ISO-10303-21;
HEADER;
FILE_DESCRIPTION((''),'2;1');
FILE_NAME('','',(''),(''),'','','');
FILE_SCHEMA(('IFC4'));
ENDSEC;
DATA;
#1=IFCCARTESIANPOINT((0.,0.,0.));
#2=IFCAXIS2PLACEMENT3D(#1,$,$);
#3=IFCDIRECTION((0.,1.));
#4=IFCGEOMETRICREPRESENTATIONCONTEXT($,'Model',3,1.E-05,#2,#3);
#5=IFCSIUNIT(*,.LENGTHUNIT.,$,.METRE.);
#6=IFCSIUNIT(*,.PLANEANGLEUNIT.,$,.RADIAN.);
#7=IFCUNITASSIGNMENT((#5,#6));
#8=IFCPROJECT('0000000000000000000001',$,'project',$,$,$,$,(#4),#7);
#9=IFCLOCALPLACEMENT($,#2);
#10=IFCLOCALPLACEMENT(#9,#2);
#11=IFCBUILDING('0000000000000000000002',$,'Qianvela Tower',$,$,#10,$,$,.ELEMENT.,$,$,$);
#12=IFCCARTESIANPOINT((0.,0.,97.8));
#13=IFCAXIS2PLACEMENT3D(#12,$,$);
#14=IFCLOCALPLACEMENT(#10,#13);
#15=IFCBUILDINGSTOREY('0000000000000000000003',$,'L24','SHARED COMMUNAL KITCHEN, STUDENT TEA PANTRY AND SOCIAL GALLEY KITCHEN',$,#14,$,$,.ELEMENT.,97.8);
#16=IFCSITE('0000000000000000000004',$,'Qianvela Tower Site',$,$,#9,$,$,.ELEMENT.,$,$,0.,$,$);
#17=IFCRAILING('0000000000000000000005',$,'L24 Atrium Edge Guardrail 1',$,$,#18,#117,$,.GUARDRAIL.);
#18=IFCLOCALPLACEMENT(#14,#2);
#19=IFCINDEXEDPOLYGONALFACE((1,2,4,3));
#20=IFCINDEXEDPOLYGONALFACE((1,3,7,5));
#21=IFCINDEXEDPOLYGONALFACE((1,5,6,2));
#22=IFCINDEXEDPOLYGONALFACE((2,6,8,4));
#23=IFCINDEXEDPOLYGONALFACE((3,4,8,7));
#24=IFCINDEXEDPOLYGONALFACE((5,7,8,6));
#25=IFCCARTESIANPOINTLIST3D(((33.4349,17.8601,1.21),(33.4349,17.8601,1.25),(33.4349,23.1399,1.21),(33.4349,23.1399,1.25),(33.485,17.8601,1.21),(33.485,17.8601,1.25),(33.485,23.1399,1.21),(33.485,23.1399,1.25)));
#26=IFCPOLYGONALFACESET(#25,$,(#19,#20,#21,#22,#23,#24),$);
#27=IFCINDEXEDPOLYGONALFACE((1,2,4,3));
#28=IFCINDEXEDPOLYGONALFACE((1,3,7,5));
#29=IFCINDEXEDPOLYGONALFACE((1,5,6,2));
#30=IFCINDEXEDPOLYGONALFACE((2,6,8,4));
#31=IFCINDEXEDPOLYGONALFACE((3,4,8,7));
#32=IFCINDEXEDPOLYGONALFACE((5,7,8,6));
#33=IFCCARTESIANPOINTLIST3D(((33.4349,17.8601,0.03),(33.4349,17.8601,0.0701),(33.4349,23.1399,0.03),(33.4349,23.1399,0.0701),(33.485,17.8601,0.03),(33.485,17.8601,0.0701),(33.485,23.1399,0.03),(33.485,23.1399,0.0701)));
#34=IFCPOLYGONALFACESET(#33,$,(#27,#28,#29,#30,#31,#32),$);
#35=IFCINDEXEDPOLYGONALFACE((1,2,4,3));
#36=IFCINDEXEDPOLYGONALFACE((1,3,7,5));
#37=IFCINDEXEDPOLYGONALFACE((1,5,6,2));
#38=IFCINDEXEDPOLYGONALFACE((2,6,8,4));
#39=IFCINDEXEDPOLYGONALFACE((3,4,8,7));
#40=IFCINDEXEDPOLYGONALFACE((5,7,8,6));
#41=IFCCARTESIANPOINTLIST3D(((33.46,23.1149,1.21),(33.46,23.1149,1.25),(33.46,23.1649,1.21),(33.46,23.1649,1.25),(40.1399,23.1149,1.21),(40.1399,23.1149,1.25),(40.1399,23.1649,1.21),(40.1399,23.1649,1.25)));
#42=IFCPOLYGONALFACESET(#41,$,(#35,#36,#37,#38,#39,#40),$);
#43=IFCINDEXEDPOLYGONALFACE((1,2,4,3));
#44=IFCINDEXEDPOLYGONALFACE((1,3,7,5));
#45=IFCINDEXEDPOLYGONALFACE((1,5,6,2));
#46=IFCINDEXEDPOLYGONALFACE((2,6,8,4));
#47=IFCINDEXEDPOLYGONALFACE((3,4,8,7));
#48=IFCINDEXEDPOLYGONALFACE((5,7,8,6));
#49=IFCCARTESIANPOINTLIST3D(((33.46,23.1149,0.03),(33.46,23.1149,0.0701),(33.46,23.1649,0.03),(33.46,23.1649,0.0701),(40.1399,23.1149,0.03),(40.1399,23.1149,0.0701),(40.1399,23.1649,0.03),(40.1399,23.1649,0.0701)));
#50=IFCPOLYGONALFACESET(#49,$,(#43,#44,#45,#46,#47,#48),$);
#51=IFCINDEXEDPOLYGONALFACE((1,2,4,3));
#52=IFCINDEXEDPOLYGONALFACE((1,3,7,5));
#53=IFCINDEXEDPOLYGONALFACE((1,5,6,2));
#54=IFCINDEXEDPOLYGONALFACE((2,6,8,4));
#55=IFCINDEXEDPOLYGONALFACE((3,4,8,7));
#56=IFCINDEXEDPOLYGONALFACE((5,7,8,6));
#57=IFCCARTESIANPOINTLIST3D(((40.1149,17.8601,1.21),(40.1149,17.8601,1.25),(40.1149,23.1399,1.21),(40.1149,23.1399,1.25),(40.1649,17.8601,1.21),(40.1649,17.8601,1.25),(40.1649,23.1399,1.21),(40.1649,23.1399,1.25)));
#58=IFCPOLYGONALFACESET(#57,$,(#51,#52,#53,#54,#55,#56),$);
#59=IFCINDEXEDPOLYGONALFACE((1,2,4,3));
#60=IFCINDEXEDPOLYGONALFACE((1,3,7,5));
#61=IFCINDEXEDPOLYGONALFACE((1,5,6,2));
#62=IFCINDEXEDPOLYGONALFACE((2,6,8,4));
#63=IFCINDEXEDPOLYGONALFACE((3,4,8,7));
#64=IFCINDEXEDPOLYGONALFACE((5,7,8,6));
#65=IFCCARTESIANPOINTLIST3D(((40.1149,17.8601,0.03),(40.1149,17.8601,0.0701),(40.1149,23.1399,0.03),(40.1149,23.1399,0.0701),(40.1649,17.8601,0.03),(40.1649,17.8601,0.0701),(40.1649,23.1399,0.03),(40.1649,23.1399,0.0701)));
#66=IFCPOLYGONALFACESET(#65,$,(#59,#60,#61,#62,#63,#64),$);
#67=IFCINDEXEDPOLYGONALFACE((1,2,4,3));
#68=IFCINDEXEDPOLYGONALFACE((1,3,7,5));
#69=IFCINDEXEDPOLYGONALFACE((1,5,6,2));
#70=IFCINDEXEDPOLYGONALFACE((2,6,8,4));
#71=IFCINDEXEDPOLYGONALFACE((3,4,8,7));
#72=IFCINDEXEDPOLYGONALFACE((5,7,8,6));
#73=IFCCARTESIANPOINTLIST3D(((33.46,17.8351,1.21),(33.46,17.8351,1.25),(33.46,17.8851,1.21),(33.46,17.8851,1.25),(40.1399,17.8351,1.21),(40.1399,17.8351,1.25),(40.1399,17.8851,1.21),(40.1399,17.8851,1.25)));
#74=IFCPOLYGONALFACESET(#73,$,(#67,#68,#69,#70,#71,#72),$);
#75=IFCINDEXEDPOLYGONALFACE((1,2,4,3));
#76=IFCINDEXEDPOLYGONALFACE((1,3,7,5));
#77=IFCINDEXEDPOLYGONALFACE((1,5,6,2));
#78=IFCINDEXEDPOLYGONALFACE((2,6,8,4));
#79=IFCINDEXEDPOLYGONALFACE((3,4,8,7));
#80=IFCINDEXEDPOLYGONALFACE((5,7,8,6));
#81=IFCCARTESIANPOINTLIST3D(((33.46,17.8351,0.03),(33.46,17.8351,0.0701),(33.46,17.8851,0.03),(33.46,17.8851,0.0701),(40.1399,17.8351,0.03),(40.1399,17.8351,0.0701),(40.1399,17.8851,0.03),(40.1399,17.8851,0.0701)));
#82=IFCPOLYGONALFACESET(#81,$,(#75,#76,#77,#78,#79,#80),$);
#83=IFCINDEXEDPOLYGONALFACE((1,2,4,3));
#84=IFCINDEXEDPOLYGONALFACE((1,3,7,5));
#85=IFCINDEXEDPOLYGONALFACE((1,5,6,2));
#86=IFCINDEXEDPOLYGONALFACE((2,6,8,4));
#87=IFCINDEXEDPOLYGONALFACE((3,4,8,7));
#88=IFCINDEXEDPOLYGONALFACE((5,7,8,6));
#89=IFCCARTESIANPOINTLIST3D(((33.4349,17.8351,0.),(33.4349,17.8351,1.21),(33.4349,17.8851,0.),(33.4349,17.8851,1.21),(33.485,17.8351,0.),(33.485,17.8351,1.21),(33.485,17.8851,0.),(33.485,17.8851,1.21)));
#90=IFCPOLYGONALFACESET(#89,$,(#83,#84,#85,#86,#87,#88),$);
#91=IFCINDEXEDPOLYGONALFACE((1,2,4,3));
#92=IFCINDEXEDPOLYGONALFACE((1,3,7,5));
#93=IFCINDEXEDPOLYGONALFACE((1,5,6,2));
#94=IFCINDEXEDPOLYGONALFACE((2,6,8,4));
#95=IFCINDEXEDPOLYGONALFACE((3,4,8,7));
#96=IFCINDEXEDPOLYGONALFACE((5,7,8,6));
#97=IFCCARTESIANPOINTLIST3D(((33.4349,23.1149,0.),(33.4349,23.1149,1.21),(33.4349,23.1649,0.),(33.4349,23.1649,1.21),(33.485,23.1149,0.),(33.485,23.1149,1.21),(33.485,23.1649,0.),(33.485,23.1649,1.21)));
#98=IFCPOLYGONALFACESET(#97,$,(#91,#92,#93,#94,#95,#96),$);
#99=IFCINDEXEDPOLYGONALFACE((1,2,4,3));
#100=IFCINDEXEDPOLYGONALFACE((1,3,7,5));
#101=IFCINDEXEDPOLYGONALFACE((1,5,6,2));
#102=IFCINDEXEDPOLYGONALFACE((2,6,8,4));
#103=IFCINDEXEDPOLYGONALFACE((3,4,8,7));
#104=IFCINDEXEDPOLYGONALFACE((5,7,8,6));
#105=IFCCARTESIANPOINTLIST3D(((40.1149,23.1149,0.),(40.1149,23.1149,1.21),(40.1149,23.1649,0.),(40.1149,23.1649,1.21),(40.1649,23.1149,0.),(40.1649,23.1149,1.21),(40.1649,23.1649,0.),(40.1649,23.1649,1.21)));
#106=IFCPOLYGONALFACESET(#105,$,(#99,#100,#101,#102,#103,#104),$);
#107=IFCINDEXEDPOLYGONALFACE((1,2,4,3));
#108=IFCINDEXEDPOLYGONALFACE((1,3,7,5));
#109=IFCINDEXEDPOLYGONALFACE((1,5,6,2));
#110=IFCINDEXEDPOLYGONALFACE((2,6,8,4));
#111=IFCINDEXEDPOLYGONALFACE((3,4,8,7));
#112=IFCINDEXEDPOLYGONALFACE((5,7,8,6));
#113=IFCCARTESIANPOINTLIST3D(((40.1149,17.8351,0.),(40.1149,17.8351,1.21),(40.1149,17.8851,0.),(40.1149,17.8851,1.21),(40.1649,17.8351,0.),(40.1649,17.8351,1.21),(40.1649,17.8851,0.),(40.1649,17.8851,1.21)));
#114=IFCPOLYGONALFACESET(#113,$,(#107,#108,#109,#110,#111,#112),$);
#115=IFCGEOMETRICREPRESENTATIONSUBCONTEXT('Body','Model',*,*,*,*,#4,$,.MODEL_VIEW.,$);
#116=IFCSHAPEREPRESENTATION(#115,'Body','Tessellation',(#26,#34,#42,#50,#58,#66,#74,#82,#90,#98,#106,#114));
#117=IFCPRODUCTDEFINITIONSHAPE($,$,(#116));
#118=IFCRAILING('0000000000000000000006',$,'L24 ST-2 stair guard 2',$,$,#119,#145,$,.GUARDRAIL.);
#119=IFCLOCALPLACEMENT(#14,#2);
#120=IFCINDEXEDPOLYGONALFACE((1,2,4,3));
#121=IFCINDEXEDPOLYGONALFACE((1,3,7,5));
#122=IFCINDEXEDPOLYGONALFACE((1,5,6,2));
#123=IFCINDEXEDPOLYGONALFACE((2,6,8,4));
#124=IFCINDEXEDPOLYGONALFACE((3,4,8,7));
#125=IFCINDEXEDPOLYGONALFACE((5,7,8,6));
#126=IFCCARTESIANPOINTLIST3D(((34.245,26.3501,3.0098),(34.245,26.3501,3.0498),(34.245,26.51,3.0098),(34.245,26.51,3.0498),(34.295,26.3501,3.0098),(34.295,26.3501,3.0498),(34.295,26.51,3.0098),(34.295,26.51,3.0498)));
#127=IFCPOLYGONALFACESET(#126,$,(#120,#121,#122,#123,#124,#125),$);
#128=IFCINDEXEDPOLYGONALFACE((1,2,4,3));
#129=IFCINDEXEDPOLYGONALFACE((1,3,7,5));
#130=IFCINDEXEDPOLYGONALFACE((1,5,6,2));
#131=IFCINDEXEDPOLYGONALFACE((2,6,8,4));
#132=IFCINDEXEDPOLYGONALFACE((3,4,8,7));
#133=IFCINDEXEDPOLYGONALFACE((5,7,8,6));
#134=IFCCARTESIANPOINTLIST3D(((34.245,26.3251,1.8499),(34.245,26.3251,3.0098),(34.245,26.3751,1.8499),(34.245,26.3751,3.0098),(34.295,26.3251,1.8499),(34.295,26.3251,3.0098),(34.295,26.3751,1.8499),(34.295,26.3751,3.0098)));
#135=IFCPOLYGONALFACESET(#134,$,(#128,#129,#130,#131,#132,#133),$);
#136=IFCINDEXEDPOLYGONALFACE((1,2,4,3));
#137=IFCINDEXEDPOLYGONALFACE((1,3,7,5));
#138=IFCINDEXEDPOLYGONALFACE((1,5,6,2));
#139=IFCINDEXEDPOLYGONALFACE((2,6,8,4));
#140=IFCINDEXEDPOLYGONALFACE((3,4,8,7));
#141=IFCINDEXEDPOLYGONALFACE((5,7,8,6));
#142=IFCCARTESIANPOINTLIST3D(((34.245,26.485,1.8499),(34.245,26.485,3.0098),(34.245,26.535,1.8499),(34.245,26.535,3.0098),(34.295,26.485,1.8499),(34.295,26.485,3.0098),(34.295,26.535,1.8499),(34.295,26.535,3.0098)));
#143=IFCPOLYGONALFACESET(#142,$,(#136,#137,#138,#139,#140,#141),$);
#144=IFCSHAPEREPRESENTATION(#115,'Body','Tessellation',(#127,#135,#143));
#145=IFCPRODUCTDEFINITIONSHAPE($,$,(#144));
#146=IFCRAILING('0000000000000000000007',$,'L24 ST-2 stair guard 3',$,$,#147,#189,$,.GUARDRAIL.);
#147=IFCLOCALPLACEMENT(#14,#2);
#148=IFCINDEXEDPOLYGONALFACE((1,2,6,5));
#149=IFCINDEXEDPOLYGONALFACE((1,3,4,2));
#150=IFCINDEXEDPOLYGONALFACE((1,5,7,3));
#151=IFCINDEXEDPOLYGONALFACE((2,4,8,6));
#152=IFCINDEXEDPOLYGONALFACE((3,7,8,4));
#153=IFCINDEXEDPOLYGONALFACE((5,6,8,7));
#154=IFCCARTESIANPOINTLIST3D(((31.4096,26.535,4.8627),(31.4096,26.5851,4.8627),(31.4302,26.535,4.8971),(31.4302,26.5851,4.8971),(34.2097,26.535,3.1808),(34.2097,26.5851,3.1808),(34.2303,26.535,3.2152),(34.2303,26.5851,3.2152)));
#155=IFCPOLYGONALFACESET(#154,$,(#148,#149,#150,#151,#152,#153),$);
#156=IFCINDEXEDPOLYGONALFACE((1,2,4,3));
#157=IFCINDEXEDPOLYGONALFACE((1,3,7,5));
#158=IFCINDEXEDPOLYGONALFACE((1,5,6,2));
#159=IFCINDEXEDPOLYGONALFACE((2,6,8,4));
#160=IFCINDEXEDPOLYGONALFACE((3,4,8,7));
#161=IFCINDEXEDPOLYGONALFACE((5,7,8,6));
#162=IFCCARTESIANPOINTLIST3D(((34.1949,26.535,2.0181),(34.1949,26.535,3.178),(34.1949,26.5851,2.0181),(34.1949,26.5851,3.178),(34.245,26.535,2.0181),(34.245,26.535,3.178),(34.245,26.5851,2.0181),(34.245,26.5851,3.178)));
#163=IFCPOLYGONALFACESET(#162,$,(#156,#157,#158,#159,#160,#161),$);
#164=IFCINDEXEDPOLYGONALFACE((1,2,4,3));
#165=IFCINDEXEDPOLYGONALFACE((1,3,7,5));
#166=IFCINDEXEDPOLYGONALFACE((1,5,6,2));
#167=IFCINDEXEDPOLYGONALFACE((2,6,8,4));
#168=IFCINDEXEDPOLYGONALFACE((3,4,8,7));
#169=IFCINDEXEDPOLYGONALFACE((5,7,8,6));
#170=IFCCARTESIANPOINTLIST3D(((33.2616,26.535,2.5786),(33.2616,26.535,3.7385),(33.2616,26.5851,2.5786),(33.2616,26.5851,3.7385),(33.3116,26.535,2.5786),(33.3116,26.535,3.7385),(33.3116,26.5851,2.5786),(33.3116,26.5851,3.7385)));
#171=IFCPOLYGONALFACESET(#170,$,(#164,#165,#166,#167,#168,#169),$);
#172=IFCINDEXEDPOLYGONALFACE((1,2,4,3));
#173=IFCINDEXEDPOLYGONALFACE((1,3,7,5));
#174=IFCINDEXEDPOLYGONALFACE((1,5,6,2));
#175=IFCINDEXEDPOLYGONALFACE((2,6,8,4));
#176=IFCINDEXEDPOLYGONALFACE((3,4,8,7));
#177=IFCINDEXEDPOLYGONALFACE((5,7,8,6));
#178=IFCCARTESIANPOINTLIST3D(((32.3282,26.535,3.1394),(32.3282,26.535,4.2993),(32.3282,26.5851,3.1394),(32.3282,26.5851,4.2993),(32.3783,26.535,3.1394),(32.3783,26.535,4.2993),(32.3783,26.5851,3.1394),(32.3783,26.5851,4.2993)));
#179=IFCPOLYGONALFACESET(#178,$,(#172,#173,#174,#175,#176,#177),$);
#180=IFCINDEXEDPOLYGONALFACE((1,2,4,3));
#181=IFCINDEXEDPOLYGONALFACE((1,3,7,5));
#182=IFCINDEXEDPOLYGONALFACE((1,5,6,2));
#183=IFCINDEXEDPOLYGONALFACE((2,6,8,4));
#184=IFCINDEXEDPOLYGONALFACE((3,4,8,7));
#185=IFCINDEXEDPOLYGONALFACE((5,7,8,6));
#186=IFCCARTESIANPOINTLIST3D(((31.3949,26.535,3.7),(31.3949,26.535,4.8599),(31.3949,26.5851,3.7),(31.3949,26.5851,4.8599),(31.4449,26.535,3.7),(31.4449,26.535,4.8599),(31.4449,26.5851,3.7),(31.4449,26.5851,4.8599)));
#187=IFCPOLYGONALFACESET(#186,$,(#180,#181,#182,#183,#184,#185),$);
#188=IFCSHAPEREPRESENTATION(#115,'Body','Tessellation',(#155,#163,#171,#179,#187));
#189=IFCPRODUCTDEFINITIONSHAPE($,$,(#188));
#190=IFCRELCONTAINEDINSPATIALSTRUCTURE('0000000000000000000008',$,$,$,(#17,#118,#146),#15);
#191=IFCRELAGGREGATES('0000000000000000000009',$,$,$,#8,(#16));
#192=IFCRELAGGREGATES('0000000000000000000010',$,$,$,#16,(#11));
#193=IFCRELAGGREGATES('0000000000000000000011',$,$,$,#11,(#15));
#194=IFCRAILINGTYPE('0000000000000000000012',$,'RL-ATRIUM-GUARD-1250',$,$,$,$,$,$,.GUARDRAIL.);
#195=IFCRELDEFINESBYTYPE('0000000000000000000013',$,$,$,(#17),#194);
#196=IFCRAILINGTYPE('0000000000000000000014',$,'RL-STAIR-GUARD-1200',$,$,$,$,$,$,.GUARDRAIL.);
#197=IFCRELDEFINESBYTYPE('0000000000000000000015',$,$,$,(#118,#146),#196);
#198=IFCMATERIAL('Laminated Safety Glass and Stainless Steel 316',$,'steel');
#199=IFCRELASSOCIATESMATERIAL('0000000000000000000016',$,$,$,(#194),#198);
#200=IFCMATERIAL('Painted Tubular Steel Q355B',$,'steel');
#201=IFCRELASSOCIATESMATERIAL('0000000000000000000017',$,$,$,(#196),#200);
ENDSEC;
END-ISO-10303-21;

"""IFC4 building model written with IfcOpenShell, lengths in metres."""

from ifc_helpers import new_model, si_unit, direction, frame, origin, origin_2d, place, context, subcontext, project, spatial, rectangle, extrude, material, type_object, element, save


model = new_model("IFC4")

# Units and contexts
model_context = context("Model", 3, precision=1e-05, world=origin(), true_north=direction((0.0, 1.0)))
body_context = subcontext(model_context, "Body", "Model", "MODEL_VIEW")
ifc_project = project(units=[si_unit("LENGTHUNIT", "METRE"), si_unit("PLANEANGLEUNIT", "RADIAN")], contexts=[model_context])

# Site, building, storey
site_placement = place(None, origin())
site = spatial("IfcSite", under=ifc_project, at=site_placement, Name="Qianvela Tower Site", CompositionType="ELEMENT", RefElevation=0.0)
building_placement = place(site_placement, origin())
building = spatial("IfcBuilding", under=site, at=building_placement, Name="Qianvela Tower", CompositionType="ELEMENT")
storey_placement = place(building_placement, frame((0.0, 0.0, 97.8)))
storey = spatial("IfcBuildingStorey", under=building, at=storey_placement, Name="L24", Description="SHARED COMMUNAL KITCHEN, STUDENT TEA PANTRY AND SOCIAL GALLEY KITCHEN", CompositionType="ELEMENT", Elevation=97.8)

# Railings
ifc_material_1 = material(Name="Laminated Safety Glass and Stainless Steel 316", Category="steel")
railing_type_1 = type_object("IfcRailingType", Name="RL-ATRIUM-GUARD-1250", PredefinedType="GUARDRAIL", material=ifc_material_1)
railing_1_placement = place(storey_placement, frame((33.46, 17.8601, 0.0)))
element("IfcRailing", 1, at=railing_1_placement, inside=storey, type_object=railing_type_1, Name="L24 Atrium Edge Guardrail 1", PredefinedType="GUARDRAIL", context=body_context, shape_type="SweptSolid", body=[
    extrude(rectangle(XDim=0.05, YDim=0.04, at=origin_2d()), frame((0.0, 0.0, 1.23), z_axis=(0.0, 1.0, 0.0), x_axis=(-1.0, 0.0, 0.0)), (0.0, 0.0, 1.0), 5.2798),
    extrude(rectangle(XDim=0.05, YDim=0.04, at=origin_2d()), frame((0.0, 0.0, 0.05), z_axis=(0.0, 1.0, 0.0), x_axis=(-1.0, 0.0, 0.0)), (0.0, 0.0, 1.0), 5.2798),
    extrude(rectangle(XDim=0.05, YDim=0.04, at=origin_2d()), frame((0.0, 5.2798, 1.23), z_axis=(1.0, 0.0, 0.0), x_axis=(0.0, 1.0, 0.0)), (0.0, 0.0, 1.0), 6.6799),
    extrude(rectangle(XDim=0.05, YDim=0.04, at=origin_2d()), frame((0.0, 5.2798, 0.05), z_axis=(1.0, 0.0, 0.0), x_axis=(0.0, 1.0, 0.0)), (0.0, 0.0, 1.0), 6.6799),
    extrude(rectangle(XDim=0.05, YDim=0.04, at=origin_2d()), frame((6.6799, 5.2798, 1.23), z_axis=(0.0, -1.0, 0.0), x_axis=(1.0, 0.0, 0.0)), (0.0, 0.0, 1.0), 5.2798),
    extrude(rectangle(XDim=0.05, YDim=0.04, at=origin_2d()), frame((6.6799, 5.2798, 0.05), z_axis=(0.0, -1.0, 0.0), x_axis=(1.0, 0.0, 0.0)), (0.0, 0.0, 1.0), 5.2798),
    extrude(rectangle(XDim=0.05, YDim=0.04, at=origin_2d()), frame((6.6799, 0.0, 1.23), z_axis=(-1.0, 0.0, 0.0), x_axis=(0.0, -1.0, 0.0)), (0.0, 0.0, 1.0), 6.6799),
    extrude(rectangle(XDim=0.05, YDim=0.04, at=origin_2d()), frame((6.6799, 0.0, 0.05), z_axis=(-1.0, 0.0, 0.0), x_axis=(0.0, -1.0, 0.0)), (0.0, 0.0, 1.0), 6.6799),
    extrude(rectangle(XDim=0.05, YDim=0.05, at=origin_2d()), origin(), (0.0, 0.0, 1.0), 1.21),
    extrude(rectangle(XDim=0.05, YDim=0.05, at=origin_2d()), frame((0.0, 5.2798, 0.0)), (0.0, 0.0, 1.0), 1.21),
    extrude(rectangle(XDim=0.05, YDim=0.05, at=origin_2d()), frame((6.6799, 5.2798, 0.0)), (0.0, 0.0, 1.0), 1.21),
    extrude(rectangle(XDim=0.05, YDim=0.05, at=origin_2d()), frame((6.6799, 0.0, 0.0)), (0.0, 0.0, 1.0), 1.21),
])
ifc_material_2 = material(Name="Painted Tubular Steel Q355B", Category="steel")
railing_type_2 = type_object("IfcRailingType", Name="RL-STAIR-GUARD-1200", PredefinedType="GUARDRAIL", material=ifc_material_2)
railing_2_placement = place(storey_placement, frame((34.27, 26.3501, 1.8499)))
element("IfcRailing", 2, at=railing_2_placement, inside=storey, type_object=railing_type_2, Name="L24 ST-2 stair guard 2", PredefinedType="GUARDRAIL", context=body_context, shape_type="SweptSolid", body=[
    extrude(rectangle(XDim=0.05, YDim=0.04, at=origin_2d()), frame((0.0, 0.0, 1.1799), z_axis=(0.0, 1.0, 0.0), x_axis=(-1.0, 0.0, 0.0)), (0.0, 0.0, 1.0), 0.1599),
    extrude(rectangle(XDim=0.05, YDim=0.05, at=origin_2d()), origin(), (0.0, 0.0, 1.0), 1.1599),
    extrude(rectangle(XDim=0.05, YDim=0.05, at=origin_2d()), frame((0.0, 0.1599, 0.0)), (0.0, 0.0, 1.0), 1.1599),
])
railing_3_placement = place(storey_placement, frame((34.22, 26.5601, 2.0181)))
element("IfcRailing", 3, at=railing_3_placement, inside=storey, type_object=railing_type_2, Name="L24 ST-2 stair guard 3", PredefinedType="GUARDRAIL", context=body_context, shape_type="SweptSolid", body=[
    extrude(rectangle(XDim=0.05, YDim=0.04, at=origin_2d()), frame((0.0, 0.0, 1.1799), z_axis=(-0.857242, 0.0, 0.514913), x_axis=(0.0, -1.0, 0.0)), (0.0, 0.0, 1.0), 3.2664),
    extrude(rectangle(XDim=0.05, YDim=0.05, at=origin_2d()), origin(), (0.0, 0.0, 1.0), 1.1599),
    extrude(rectangle(XDim=0.05, YDim=0.05, at=origin_2d()), frame((-0.9333, 0.0, 0.5605)), (0.0, 0.0, 1.0), 1.1599),
    extrude(rectangle(XDim=0.05, YDim=0.05, at=origin_2d()), frame((-1.8667, 0.0, 1.1213)), (0.0, 0.0, 1.0), 1.1599),
    extrude(rectangle(XDim=0.05, YDim=0.05, at=origin_2d()), frame((-2.8, 0.0, 1.6819)), (0.0, 0.0, 1.0), 1.1599),
])

save(model, "model.ifc")
